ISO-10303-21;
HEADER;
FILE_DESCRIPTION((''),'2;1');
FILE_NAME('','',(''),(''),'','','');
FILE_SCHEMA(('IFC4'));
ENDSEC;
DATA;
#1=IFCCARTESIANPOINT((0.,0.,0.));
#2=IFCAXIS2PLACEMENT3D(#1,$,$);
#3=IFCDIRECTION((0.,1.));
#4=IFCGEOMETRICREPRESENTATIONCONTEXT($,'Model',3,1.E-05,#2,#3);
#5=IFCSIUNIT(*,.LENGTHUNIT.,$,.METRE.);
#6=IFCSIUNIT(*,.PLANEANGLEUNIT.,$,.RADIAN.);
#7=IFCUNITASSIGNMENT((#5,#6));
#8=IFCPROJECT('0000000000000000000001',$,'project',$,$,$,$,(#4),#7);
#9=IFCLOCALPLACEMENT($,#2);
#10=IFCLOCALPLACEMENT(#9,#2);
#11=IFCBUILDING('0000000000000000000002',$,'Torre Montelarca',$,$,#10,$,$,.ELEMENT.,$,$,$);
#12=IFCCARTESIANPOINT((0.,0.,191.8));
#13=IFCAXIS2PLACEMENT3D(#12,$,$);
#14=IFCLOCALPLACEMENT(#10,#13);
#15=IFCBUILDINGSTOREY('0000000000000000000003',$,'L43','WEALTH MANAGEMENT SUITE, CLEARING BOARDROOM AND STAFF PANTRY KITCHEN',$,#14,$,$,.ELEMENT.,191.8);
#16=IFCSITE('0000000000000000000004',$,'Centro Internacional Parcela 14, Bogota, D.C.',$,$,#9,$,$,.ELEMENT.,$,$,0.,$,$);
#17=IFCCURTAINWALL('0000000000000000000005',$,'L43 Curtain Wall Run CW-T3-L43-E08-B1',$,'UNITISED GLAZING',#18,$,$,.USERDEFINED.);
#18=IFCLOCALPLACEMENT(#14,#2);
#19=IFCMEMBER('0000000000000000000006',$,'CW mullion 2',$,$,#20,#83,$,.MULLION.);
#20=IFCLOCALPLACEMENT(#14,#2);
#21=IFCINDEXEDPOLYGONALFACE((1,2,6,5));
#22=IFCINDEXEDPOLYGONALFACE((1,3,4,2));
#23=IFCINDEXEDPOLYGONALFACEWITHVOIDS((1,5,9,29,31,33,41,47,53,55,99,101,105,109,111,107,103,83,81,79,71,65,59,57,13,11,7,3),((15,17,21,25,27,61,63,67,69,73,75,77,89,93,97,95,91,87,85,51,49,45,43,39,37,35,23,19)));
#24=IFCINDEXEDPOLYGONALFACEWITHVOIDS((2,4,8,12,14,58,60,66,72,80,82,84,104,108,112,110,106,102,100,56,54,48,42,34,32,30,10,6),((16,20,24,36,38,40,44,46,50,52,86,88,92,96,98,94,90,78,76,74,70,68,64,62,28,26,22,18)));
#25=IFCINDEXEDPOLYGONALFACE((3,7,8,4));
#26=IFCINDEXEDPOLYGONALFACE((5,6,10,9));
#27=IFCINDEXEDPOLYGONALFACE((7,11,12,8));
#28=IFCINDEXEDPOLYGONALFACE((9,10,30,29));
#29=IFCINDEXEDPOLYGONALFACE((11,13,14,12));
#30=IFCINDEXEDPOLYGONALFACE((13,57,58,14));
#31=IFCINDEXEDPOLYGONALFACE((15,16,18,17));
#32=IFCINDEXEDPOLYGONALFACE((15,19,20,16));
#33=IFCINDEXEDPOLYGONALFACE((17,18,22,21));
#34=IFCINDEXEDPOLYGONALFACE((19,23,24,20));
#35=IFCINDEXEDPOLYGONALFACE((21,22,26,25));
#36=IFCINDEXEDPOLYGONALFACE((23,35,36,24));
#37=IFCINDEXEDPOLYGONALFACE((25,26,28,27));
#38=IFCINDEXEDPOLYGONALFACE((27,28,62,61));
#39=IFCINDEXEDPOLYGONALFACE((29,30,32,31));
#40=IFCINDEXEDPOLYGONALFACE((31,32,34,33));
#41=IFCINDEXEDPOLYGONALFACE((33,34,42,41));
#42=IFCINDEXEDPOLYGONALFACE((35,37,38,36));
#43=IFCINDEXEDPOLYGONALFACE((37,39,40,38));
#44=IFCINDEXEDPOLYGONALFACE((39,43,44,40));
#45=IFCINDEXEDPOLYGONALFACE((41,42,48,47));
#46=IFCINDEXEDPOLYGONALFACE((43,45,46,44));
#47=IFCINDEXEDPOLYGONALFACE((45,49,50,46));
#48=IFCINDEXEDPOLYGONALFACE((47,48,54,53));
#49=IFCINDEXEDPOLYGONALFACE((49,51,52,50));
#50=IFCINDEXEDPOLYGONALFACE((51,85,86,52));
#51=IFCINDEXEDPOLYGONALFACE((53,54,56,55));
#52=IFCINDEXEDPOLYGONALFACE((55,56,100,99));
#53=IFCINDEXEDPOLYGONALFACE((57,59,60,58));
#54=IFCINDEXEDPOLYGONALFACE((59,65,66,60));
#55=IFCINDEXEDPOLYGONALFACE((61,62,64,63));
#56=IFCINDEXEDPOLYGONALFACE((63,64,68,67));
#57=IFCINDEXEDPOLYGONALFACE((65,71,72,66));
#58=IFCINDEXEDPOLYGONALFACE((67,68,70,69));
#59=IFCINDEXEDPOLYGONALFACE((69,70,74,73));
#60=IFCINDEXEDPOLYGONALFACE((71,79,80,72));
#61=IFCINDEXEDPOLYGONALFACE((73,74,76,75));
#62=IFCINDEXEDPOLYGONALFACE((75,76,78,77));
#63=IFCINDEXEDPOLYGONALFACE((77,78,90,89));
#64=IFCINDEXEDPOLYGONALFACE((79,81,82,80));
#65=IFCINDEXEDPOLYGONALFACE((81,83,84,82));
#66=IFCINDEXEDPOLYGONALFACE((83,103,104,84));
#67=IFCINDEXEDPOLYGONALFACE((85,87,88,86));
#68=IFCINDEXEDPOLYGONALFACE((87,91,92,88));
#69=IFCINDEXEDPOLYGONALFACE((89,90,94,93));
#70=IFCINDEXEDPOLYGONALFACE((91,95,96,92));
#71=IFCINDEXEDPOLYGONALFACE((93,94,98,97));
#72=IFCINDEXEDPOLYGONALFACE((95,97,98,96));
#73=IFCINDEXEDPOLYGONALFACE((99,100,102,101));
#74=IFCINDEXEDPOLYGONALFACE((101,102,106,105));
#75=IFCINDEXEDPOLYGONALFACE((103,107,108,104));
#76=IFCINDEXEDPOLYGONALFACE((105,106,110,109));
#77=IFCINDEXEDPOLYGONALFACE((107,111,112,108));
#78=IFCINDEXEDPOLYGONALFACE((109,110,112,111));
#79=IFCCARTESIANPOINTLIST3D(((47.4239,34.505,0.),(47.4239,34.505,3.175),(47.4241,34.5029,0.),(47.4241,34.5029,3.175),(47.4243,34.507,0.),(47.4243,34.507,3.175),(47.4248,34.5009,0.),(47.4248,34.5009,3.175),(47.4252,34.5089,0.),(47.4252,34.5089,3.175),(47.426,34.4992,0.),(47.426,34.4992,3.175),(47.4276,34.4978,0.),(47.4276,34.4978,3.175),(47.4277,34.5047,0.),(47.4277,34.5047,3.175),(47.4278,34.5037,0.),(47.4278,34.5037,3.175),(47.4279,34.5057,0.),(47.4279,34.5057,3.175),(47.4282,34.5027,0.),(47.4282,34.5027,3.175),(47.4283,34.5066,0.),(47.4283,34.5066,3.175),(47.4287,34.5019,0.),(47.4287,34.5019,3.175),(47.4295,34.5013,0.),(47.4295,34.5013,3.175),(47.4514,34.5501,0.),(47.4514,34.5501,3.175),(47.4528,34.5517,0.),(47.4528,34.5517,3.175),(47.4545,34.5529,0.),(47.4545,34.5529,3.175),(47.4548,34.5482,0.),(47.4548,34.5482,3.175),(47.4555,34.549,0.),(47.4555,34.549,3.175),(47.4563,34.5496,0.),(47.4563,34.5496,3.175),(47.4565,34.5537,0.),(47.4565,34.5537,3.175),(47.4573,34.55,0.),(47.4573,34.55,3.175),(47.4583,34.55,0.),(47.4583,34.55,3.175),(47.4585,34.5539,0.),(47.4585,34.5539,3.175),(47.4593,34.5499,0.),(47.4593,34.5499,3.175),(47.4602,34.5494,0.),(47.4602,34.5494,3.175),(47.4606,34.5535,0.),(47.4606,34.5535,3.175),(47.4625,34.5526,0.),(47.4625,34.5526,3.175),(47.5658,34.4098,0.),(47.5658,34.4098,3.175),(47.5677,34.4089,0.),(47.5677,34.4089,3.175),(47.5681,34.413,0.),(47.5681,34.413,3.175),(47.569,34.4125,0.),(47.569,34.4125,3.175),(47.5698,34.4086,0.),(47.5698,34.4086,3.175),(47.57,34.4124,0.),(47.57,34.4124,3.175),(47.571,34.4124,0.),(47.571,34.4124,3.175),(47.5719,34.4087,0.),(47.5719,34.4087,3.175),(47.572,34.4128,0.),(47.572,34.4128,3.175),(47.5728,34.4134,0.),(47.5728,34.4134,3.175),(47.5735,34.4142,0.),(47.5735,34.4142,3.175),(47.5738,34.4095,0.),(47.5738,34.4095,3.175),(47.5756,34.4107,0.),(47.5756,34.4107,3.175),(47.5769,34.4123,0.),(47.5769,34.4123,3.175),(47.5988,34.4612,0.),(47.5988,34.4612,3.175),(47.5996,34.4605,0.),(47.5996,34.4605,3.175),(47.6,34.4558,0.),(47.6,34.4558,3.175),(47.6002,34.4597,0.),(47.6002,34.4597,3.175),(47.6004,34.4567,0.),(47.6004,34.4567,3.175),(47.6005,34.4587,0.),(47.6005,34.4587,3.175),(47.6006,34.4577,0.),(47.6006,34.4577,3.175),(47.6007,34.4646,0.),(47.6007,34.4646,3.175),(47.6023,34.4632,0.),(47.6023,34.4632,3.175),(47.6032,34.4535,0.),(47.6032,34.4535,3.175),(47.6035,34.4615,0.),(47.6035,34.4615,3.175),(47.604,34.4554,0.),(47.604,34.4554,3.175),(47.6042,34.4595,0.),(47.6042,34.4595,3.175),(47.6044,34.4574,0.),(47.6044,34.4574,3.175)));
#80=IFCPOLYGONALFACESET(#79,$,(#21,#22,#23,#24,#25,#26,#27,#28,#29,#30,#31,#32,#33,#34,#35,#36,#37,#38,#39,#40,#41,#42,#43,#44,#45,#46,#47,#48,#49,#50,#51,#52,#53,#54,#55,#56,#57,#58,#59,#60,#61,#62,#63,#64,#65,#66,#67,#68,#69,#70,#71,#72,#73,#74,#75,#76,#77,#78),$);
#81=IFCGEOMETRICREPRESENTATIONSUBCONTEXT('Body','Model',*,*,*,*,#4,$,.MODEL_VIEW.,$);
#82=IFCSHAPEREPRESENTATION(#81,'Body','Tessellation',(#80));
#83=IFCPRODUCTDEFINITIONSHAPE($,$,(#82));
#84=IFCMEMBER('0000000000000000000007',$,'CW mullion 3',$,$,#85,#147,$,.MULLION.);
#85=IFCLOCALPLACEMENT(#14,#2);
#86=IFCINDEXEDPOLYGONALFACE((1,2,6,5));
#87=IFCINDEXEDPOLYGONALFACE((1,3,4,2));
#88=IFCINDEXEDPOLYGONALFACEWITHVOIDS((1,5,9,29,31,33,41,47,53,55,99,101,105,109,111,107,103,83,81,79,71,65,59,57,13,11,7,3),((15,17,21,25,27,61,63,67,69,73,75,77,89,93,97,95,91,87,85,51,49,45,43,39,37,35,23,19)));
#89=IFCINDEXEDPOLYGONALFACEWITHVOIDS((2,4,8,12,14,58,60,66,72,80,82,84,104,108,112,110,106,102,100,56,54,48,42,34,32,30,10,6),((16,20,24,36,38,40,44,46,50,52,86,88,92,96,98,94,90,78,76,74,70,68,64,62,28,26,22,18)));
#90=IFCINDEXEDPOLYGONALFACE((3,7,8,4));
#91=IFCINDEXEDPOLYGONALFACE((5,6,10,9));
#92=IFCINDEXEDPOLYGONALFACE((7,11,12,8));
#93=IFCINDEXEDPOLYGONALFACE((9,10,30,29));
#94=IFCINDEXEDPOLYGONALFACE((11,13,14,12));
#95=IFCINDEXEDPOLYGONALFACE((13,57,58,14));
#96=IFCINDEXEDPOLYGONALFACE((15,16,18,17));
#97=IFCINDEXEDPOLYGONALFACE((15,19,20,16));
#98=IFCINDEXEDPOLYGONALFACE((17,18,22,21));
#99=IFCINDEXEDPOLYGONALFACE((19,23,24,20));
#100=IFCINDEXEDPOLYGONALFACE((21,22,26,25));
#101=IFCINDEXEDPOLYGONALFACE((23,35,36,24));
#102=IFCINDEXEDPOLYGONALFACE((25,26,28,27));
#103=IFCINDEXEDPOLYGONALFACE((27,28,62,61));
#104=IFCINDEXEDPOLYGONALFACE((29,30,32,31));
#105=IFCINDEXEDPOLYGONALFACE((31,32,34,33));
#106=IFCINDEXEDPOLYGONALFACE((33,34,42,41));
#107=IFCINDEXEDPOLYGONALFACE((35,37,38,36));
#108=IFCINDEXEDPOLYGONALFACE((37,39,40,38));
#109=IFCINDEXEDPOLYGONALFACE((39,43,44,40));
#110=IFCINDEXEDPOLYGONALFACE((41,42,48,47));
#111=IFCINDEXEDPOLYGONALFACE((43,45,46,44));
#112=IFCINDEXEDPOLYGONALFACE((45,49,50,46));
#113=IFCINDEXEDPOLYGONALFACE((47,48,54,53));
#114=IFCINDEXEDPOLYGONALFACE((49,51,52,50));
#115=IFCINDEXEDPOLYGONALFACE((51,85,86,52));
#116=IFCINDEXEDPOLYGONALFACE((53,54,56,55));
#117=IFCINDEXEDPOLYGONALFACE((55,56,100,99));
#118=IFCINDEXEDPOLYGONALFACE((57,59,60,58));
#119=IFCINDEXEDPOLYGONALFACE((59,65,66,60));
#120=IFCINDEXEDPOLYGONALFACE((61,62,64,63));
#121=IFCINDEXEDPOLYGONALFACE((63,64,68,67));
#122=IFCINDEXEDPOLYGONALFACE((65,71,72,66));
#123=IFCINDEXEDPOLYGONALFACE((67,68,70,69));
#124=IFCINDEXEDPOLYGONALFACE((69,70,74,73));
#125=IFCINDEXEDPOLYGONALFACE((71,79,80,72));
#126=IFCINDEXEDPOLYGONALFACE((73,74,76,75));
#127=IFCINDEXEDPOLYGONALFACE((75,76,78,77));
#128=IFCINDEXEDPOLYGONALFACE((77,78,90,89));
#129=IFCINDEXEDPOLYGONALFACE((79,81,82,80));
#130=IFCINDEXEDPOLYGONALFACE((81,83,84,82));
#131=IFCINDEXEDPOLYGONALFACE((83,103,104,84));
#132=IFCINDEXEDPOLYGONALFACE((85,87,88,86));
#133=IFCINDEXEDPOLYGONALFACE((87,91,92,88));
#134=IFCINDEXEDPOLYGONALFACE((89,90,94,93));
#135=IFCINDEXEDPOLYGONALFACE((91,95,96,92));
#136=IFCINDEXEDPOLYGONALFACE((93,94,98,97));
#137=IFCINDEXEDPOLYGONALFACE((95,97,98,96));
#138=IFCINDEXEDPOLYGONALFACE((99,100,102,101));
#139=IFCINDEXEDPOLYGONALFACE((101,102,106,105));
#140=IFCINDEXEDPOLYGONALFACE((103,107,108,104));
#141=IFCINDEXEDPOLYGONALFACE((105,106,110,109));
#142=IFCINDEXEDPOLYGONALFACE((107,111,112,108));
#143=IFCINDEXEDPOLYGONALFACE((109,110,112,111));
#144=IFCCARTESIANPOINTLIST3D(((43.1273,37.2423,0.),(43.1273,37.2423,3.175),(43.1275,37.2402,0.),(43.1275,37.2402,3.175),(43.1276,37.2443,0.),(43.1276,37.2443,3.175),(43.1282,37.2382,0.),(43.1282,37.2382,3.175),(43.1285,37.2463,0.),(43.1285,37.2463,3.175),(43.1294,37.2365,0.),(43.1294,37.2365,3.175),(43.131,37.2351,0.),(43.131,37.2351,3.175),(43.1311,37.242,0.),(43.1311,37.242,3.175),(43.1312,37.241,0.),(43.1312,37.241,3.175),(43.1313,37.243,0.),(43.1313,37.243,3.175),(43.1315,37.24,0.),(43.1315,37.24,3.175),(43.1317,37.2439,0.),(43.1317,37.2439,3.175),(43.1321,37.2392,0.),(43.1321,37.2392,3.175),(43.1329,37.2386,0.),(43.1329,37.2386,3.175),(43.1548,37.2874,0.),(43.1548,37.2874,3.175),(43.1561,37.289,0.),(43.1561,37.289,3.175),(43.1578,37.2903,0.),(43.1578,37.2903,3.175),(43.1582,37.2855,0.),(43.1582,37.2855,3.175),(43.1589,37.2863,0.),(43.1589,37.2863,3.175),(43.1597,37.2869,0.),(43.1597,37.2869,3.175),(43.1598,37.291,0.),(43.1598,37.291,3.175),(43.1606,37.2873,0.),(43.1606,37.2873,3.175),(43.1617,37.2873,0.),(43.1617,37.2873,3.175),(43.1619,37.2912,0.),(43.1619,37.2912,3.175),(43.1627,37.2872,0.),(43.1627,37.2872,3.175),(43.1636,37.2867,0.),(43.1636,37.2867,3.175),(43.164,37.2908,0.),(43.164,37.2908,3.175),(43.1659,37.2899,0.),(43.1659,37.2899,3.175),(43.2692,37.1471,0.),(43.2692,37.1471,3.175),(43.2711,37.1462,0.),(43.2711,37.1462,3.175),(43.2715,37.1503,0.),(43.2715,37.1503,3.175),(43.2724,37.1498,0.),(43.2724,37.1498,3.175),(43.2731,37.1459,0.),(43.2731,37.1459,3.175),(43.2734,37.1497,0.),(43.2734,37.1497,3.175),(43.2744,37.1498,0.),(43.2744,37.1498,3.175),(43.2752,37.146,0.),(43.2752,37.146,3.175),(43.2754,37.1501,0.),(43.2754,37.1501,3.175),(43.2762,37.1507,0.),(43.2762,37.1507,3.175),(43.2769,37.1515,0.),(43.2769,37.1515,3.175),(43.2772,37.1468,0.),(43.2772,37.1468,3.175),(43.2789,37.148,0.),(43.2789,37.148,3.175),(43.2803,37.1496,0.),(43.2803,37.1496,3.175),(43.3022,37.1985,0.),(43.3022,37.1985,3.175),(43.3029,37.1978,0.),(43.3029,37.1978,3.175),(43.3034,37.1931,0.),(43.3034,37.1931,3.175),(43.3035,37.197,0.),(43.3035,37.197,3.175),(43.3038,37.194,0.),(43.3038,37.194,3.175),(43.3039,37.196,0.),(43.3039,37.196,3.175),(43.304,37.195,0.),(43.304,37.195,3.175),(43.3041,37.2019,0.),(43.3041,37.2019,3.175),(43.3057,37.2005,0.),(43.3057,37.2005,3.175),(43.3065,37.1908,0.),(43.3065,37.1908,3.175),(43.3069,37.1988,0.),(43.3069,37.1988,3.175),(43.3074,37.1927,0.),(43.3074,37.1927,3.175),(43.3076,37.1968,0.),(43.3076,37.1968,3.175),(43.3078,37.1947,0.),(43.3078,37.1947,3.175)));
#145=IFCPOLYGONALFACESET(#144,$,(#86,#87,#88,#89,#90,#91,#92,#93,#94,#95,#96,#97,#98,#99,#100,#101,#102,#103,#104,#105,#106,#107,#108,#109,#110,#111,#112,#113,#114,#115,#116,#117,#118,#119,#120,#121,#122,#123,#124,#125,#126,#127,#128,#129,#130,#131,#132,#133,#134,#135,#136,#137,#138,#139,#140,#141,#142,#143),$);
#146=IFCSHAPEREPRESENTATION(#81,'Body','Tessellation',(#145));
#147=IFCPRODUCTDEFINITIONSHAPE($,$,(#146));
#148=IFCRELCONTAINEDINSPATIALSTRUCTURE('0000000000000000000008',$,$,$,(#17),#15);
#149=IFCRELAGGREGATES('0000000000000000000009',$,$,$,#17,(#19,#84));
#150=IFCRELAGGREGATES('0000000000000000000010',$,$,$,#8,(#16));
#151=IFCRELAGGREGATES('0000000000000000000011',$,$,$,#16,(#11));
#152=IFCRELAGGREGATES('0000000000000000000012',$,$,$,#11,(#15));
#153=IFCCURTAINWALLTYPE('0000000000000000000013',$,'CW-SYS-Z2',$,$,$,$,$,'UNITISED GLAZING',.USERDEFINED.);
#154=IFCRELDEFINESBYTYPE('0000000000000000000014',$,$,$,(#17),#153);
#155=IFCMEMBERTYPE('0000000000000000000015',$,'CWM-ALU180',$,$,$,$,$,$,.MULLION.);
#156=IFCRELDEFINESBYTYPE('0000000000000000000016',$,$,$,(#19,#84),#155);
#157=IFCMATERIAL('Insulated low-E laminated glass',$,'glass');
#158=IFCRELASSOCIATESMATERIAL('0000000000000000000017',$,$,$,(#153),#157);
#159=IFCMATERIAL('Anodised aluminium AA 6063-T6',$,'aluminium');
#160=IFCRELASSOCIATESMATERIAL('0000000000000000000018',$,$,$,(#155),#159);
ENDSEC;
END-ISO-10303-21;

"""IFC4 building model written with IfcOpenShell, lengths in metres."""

from ifc_helpers import new_model, si_unit, direction, frame, origin, origin_2d, place, context, subcontext, project, spatial, hollow_rectangle, extrude, source, transform, mapped, material, material_profile, profile_set, type_object, element, aggregate, save


model = new_model("IFC4")

# Units and contexts
model_context = context("Model", 3, precision=1e-05, world=origin(), true_north=direction((0.0, 1.0)))
body_context = subcontext(model_context, "Body", "Model", "MODEL_VIEW")
ifc_project = project(units=[si_unit("LENGTHUNIT", "METRE"), si_unit("PLANEANGLEUNIT", "RADIAN")], contexts=[model_context])

# Site, building, storey
site_placement = place(None, origin())
site = spatial("IfcSite", under=ifc_project, at=site_placement, Name="Centro Internacional Parcela 14, Bogota, D.C.", CompositionType="ELEMENT", RefElevation=0.0)
building_placement = place(site_placement, origin())
building = spatial("IfcBuilding", under=site, at=building_placement, Name="Torre Montelarca", CompositionType="ELEMENT")
storey_placement = place(building_placement, frame((0.0, 0.0, 191.8)))
storey = spatial("IfcBuildingStorey", under=building, at=storey_placement, Name="L43", Description="WEALTH MANAGEMENT SUITE, CLEARING BOARDROOM AND STAFF PANTRY KITCHEN", CompositionType="ELEMENT", Elevation=191.8)

# Curtain wall, members
ifc_material_1 = material(Name="Insulated low-E laminated glass", Category="glass")
curtain_wall_type = type_object("IfcCurtainWallType", Name="CW-SYS-Z2", ElementType="UNITISED GLAZING", PredefinedType="USERDEFINED", material=ifc_material_1)
ifc_material_2 = material(Name="Anodised aluminium AA 6063-T6", Category="aluminium")
ifc_material_profile_1 = material_profile(ifc_material_2, hollow_rectangle(XDim=0.0649, YDim=0.1799, WallThickness=0.0039, InnerFilletRadius=0.0039, OuterFilletRadius=0.0081, at=origin_2d()), Name="ALU65X180X4", Category="aluminium")
ifc_profile_set_1 = profile_set([ifc_material_profile_1], Name="Anodised aluminium AA 6063-T6")
member_type_1 = type_object("IfcMemberType", Name="CWM-ALU180", PredefinedType="MULLION", material=ifc_profile_set_1)
curtain_wall_1_placement = place(storey_placement, origin())
curtain_wall_1 = element("IfcCurtainWall", 1, at=curtain_wall_1_placement, inside=storey, type_object=curtain_wall_type, Name="L43 Curtain Wall Run CW-T3-L43-E08-B1", ObjectType="UNITISED GLAZING", PredefinedType="USERDEFINED")
shared_shape_1 = source(origin(), body_context, "Body", "SweptSolid", [
    extrude(hollow_rectangle(XDim=0.0649, YDim=0.1799, WallThickness=0.0039, InnerFilletRadius=0.0039, OuterFilletRadius=0.0081, at=origin_2d()), origin(), (0.0, 0.0, 1.0), 3.175),
])
member_1_placement = place(storey_placement, frame((47.5142, 34.4812, 0.0), z_axis=(0.0, 0.0, 1.0), x_axis=(-0.537301, -0.84339, 0.0)))
member_1 = element("IfcMember", 2, at=member_1_placement, type_object=member_type_1, Name="CW mullion 2", PredefinedType="MULLION", context=body_context, shape_type="MappedRepresentation", body=[
    mapped(shared_shape_1, transform((0.0, 0.0, 0.0), scale=1.0)),
])
member_2_placement = place(storey_placement, frame((43.2175, 37.2185, 0.0), z_axis=(0.0, 0.0, 1.0), x_axis=(-0.537301, -0.84339, 0.0)))
member_2 = element("IfcMember", 3, at=member_2_placement, type_object=member_type_1, Name="CW mullion 3", PredefinedType="MULLION", context=body_context, shape_type="MappedRepresentation", body=[
    mapped(shared_shape_1, transform((0.0, 0.0, 0.0), scale=1.0)),
])

aggregate(curtain_wall_1, [member_1, member_2])

save(model, "model.ifc")
